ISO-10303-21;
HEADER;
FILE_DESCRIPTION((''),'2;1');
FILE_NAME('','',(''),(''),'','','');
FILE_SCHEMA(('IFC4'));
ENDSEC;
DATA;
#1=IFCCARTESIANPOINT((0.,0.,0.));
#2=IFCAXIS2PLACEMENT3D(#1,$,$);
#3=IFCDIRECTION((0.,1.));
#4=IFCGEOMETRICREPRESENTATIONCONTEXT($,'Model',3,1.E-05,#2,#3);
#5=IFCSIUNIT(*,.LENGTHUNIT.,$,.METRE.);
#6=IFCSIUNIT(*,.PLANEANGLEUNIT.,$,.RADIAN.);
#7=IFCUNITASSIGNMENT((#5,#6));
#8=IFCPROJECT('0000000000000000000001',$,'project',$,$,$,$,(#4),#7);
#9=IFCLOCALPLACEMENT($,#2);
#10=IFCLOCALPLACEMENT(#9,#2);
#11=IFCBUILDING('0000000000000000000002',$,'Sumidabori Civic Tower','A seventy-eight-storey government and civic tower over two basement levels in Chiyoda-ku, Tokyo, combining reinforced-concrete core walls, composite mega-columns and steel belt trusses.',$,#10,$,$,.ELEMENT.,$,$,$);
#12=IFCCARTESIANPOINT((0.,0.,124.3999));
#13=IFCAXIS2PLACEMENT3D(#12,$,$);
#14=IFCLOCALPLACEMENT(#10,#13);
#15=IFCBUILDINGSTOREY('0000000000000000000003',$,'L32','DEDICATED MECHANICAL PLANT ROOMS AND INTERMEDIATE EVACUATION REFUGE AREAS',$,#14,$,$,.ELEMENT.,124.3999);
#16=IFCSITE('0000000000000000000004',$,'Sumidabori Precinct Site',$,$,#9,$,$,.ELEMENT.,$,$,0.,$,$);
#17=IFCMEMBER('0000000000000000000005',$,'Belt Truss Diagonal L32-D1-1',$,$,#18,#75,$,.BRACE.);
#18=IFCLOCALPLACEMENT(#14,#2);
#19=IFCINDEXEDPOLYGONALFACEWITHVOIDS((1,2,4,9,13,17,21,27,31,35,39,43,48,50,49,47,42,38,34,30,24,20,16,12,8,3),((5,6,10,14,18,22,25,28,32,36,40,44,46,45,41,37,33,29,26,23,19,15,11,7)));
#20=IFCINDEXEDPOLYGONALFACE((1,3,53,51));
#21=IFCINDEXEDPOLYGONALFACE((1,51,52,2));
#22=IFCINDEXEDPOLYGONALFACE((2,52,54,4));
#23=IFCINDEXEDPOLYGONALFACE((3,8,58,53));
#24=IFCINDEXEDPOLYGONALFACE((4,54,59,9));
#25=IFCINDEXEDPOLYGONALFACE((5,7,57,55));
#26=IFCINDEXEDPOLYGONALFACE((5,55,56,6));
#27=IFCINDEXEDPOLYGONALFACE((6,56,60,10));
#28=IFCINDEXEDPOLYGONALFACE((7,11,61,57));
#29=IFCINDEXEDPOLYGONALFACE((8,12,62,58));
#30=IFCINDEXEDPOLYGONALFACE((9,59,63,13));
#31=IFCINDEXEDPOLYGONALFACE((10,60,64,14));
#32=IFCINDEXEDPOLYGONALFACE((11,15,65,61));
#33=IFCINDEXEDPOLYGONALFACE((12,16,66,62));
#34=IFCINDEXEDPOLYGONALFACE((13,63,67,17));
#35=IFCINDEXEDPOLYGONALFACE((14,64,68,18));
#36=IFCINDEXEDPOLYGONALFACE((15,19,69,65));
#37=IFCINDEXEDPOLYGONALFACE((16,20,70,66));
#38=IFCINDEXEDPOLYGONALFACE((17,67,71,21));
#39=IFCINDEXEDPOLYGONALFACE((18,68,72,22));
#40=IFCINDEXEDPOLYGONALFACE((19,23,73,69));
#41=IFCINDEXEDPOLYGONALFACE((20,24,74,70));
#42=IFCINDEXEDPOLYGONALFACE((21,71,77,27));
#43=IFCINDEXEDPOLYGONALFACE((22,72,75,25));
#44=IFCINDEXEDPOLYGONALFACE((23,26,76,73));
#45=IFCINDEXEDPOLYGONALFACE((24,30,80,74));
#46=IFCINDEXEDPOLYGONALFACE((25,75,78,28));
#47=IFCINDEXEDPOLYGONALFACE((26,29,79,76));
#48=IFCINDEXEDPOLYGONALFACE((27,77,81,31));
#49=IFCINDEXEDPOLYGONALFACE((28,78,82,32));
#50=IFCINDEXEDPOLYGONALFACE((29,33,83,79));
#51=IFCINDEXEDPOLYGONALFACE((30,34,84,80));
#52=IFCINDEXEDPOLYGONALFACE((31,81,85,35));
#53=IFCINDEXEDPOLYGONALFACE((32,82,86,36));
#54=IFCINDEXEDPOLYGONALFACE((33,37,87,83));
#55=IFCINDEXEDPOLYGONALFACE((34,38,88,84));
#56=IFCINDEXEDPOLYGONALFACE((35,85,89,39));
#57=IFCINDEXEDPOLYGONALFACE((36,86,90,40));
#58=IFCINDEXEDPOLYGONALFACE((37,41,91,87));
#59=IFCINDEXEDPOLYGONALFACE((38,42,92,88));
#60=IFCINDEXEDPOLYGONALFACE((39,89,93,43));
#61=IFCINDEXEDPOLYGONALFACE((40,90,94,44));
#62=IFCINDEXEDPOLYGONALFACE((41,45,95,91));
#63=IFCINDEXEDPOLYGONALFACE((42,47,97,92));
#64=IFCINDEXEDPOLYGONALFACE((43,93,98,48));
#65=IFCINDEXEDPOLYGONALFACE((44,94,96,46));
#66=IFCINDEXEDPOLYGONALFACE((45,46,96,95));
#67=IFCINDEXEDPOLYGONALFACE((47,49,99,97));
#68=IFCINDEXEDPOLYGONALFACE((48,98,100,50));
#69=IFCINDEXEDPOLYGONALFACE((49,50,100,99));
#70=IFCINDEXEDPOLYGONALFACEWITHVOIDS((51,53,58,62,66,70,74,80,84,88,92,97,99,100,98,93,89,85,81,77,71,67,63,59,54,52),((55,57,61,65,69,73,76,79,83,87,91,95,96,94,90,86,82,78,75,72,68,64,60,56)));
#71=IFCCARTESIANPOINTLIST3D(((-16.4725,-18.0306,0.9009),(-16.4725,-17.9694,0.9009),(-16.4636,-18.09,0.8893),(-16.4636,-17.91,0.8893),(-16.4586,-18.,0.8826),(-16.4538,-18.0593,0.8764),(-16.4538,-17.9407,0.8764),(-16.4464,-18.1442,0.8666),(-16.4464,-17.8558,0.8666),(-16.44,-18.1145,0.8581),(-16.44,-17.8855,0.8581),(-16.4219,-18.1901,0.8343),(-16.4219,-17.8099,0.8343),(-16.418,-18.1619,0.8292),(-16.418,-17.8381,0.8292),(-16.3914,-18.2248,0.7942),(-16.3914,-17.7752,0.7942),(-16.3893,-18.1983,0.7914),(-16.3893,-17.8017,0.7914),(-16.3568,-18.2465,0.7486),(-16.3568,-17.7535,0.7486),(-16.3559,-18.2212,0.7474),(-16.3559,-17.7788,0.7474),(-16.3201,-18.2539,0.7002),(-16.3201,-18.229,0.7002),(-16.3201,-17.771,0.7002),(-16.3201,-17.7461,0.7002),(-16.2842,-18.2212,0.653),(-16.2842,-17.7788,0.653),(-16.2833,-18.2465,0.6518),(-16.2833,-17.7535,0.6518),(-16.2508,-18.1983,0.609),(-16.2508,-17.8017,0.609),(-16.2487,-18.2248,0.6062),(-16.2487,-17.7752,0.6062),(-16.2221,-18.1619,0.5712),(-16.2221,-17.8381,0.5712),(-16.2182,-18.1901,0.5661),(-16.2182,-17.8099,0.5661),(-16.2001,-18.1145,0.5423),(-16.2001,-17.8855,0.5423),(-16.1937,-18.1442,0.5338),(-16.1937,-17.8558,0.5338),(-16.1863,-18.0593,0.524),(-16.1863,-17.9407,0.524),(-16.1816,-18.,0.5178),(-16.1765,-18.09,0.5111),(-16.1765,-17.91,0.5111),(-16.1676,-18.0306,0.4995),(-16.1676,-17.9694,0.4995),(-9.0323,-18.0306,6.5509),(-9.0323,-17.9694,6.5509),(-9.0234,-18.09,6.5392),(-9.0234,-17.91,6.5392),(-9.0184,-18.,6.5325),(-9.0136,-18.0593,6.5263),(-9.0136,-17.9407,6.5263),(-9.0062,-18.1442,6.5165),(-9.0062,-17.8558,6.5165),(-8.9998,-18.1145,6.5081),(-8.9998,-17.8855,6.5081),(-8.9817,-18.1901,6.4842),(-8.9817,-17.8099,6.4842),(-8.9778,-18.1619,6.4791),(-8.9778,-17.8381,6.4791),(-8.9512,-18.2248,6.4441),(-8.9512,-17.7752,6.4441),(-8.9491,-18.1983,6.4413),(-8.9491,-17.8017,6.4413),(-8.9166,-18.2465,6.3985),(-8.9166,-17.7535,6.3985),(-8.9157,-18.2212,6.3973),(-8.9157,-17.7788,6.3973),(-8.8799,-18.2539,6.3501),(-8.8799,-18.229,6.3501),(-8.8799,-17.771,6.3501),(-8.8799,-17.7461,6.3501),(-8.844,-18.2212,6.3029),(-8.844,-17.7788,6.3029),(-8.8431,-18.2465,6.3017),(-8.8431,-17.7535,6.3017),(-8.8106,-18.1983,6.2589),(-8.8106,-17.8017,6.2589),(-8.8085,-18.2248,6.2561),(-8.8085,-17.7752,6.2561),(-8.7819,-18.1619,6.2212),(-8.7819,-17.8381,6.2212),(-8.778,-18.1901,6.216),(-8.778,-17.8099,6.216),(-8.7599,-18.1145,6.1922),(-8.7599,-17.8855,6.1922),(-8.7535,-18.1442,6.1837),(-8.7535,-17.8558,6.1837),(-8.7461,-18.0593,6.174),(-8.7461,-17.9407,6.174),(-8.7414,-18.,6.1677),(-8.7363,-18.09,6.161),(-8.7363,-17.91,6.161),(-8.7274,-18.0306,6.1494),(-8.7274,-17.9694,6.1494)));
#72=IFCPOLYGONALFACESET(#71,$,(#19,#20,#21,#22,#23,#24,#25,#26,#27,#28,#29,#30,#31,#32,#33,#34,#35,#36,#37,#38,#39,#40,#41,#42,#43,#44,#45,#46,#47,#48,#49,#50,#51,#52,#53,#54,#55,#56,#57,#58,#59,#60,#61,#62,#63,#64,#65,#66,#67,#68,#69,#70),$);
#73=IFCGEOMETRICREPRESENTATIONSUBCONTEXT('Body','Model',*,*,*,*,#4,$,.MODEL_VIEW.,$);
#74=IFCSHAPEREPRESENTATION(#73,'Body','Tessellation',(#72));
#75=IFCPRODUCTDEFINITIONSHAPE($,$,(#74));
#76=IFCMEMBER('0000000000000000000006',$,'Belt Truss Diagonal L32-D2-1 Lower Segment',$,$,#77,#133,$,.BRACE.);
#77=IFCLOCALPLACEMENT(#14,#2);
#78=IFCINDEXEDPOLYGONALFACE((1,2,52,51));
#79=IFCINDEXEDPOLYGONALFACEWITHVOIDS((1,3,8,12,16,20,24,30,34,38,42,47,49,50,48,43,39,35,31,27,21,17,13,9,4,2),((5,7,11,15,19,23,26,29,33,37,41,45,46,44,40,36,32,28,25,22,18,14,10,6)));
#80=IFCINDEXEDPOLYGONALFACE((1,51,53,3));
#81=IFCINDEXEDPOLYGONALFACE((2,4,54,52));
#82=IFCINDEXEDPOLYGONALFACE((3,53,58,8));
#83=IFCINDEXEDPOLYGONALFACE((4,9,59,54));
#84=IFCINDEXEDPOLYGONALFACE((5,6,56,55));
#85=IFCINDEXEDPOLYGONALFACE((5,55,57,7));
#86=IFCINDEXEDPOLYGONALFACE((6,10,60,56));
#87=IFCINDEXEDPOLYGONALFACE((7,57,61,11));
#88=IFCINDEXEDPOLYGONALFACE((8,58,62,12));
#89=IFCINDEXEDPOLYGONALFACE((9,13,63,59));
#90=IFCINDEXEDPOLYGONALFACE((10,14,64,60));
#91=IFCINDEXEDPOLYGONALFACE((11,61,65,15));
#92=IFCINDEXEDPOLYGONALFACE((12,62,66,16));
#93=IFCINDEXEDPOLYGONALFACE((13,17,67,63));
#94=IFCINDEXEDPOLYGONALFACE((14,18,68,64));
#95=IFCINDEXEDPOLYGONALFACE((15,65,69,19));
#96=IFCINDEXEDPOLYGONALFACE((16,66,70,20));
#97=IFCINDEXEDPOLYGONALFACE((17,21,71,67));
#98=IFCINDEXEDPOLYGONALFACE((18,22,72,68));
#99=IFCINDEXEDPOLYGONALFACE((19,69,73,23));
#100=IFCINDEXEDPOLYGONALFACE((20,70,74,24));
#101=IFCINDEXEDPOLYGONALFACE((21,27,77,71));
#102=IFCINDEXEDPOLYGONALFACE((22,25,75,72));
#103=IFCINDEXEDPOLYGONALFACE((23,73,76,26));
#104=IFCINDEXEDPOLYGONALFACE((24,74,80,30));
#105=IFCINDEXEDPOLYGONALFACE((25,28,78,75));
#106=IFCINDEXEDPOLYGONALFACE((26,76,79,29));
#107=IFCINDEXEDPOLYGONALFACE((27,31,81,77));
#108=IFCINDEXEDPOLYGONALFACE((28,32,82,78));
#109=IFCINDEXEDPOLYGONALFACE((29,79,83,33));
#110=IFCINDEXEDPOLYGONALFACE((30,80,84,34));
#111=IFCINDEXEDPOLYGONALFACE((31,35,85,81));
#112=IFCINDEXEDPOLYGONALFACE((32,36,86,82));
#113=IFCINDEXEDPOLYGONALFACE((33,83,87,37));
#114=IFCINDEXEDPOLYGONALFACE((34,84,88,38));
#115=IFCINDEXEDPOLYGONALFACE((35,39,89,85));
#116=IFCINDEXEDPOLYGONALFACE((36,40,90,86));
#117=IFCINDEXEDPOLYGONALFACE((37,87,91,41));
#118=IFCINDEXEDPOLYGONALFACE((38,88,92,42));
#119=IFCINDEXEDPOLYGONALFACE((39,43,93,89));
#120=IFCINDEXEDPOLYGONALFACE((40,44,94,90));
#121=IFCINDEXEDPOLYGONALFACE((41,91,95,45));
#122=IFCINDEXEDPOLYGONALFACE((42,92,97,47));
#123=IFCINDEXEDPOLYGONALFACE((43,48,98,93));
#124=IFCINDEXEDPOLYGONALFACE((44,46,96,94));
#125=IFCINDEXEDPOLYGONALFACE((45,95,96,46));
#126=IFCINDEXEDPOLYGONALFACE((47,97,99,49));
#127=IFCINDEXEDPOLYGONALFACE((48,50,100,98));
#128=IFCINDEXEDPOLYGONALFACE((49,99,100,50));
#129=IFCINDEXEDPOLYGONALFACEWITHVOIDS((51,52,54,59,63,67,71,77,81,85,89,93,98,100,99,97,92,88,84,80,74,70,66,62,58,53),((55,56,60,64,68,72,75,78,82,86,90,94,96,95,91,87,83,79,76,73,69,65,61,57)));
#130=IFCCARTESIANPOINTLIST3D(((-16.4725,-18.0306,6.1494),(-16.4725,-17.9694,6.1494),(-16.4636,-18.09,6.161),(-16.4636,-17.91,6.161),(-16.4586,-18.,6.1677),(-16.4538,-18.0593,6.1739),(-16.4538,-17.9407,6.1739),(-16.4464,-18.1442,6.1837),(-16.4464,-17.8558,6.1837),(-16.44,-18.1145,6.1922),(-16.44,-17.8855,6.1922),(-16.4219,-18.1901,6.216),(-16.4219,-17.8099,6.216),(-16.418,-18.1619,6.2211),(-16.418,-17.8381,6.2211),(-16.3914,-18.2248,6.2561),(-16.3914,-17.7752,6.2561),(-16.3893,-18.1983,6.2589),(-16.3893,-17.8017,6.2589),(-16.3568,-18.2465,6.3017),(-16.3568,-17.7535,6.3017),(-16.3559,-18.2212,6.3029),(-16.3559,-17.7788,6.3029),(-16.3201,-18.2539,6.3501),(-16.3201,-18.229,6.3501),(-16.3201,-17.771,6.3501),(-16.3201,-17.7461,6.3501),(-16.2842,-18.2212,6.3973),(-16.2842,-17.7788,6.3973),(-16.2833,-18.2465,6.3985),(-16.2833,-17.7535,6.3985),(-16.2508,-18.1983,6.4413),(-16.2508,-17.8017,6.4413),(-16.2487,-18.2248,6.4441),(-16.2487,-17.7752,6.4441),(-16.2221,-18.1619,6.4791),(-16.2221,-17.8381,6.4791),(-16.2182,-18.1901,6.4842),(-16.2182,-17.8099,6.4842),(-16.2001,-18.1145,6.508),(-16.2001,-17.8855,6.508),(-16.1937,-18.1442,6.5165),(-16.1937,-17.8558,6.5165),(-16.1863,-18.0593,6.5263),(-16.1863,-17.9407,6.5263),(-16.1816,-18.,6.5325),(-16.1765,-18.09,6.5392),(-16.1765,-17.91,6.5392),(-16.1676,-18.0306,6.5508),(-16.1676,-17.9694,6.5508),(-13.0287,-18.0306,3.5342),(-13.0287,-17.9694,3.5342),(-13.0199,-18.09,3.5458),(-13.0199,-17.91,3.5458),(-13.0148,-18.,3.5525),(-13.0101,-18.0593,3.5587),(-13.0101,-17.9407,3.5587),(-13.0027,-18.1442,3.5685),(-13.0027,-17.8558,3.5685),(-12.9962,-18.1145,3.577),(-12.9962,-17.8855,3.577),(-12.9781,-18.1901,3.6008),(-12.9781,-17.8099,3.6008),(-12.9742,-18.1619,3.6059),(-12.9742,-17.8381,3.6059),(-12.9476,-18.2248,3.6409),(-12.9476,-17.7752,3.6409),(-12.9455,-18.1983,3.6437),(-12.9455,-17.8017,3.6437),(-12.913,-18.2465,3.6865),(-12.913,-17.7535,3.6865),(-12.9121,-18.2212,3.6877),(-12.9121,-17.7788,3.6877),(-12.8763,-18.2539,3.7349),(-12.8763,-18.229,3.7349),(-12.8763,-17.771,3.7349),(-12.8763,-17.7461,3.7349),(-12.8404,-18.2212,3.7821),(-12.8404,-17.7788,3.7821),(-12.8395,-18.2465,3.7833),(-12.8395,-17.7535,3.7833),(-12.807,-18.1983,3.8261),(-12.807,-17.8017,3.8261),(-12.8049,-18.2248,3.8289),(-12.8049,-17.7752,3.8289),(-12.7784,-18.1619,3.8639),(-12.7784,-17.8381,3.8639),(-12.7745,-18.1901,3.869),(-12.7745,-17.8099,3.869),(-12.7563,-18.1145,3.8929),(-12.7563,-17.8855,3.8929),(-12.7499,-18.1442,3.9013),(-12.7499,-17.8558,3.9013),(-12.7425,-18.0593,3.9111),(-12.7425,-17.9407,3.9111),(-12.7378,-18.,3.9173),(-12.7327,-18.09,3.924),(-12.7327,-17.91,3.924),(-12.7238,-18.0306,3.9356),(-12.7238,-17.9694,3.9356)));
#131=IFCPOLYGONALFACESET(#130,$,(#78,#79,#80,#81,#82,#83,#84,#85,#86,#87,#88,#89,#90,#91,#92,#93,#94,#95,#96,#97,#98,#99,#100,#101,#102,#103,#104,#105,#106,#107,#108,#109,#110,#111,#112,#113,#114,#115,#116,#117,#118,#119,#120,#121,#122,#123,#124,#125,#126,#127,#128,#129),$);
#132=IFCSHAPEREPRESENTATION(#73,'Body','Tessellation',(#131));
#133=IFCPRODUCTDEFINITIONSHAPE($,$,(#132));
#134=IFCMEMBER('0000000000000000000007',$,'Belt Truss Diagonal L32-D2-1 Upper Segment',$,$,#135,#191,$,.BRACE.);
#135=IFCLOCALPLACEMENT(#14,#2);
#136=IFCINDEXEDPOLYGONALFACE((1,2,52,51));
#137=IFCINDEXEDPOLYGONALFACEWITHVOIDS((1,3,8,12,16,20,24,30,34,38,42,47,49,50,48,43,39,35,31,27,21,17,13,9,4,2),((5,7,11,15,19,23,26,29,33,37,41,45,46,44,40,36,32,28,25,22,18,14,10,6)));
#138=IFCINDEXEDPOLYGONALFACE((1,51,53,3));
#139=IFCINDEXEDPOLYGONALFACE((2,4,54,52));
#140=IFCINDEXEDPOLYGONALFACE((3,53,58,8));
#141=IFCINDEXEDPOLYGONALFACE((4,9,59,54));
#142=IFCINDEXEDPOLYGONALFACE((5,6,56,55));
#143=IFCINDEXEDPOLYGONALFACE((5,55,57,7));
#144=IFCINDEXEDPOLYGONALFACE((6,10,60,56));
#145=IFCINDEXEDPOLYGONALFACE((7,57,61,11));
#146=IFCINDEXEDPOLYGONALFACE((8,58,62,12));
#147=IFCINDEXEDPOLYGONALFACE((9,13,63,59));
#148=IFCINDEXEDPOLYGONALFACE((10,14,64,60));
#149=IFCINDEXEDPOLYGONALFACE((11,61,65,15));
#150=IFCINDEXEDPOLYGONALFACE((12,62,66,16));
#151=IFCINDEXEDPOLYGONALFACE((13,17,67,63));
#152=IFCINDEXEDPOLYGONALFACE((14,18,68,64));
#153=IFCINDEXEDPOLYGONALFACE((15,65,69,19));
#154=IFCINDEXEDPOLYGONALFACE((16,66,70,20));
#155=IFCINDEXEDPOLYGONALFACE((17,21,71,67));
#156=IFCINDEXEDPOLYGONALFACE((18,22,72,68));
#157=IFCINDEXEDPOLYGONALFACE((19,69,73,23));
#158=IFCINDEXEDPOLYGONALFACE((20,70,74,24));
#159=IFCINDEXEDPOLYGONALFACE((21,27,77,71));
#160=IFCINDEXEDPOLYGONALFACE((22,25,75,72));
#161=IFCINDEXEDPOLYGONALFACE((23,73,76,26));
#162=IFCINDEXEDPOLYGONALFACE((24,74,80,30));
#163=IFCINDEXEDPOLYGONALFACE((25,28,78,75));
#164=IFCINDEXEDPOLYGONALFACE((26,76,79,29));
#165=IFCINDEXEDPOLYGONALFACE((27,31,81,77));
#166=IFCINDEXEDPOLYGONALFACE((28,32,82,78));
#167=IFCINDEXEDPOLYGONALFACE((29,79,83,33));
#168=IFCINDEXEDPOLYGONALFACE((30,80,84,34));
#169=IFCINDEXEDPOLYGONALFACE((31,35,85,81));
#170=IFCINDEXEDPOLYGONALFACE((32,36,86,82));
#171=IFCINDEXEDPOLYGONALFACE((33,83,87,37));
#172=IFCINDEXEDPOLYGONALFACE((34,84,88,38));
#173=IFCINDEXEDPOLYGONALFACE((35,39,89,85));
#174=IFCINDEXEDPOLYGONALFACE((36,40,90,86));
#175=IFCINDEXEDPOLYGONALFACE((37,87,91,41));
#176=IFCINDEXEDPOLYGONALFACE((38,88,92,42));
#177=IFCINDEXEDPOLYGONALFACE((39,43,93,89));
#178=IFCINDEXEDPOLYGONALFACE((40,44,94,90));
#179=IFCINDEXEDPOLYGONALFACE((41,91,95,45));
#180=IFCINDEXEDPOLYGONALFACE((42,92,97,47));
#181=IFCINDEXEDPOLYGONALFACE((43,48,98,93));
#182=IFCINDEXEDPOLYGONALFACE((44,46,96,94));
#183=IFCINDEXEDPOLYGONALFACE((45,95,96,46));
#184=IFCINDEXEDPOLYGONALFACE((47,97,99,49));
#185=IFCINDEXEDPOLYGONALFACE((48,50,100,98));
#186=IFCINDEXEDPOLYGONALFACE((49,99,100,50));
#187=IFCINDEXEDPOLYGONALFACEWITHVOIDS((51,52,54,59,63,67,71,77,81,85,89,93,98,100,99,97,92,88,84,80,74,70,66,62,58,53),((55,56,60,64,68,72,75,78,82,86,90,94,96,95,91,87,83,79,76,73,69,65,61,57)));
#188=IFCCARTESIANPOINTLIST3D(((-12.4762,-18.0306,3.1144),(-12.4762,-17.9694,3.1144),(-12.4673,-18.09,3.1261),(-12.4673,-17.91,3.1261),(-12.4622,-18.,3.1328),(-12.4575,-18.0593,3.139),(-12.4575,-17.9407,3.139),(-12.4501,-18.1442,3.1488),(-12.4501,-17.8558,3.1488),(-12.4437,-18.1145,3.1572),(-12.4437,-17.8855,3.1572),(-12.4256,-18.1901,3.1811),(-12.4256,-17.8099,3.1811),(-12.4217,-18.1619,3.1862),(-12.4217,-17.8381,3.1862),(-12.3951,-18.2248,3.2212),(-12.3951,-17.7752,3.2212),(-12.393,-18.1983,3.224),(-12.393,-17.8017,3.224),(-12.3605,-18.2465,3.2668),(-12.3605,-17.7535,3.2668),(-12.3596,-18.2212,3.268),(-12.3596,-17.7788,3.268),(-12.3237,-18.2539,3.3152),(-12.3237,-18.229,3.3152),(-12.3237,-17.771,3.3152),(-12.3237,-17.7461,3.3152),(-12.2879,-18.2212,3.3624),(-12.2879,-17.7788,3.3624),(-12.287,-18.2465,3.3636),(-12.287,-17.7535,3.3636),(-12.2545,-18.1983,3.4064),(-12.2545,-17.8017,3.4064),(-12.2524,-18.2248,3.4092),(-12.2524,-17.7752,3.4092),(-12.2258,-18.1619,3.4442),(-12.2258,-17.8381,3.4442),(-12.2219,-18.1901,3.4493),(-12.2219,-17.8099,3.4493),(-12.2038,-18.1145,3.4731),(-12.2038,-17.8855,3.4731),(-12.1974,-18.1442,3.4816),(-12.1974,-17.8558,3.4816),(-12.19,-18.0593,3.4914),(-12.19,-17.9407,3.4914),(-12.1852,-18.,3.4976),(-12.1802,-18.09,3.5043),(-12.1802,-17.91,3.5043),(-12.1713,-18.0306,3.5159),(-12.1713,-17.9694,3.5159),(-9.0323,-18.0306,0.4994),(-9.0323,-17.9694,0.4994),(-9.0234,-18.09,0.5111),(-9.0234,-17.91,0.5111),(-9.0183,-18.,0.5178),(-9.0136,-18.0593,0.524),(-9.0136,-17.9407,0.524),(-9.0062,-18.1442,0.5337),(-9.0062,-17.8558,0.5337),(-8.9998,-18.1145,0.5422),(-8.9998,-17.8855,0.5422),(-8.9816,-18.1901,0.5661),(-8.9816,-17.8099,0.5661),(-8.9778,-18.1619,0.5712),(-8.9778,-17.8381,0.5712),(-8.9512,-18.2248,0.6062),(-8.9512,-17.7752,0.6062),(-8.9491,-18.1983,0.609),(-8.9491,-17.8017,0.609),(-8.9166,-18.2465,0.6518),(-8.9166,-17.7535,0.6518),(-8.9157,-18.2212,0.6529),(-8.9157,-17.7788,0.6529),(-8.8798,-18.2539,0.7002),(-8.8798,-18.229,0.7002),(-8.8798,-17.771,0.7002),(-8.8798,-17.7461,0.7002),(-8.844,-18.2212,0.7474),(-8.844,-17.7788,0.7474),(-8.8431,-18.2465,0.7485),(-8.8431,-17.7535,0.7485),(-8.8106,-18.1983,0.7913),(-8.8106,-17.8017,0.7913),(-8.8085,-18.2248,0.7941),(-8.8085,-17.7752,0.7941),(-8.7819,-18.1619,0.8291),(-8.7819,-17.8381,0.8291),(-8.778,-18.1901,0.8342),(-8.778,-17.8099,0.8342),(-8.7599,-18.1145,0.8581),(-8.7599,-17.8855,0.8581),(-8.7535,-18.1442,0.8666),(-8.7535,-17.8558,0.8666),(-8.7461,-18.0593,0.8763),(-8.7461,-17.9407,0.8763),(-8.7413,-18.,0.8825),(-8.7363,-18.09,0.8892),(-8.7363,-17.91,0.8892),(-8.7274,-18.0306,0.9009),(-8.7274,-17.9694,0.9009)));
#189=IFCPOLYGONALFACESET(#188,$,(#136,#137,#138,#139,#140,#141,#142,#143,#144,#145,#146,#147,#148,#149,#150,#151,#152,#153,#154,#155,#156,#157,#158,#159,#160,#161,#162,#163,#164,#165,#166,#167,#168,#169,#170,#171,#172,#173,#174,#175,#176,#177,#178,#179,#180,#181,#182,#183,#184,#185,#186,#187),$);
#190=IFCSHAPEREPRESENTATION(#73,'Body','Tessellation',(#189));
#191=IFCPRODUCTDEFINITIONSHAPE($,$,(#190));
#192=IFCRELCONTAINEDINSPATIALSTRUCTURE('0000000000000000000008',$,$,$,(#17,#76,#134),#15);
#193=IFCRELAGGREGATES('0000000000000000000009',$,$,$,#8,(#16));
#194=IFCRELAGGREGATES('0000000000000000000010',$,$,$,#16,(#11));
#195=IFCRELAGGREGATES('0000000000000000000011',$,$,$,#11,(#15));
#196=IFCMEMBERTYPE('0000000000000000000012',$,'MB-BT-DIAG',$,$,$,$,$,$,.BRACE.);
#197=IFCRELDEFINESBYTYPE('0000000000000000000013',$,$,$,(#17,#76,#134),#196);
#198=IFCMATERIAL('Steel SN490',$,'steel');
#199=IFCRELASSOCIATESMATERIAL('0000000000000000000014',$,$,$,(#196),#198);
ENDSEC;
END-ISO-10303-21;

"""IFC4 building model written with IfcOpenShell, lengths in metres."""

from ifc_helpers import new_model, si_unit, direction, frame, origin, origin_2d, place, context, subcontext, project, spatial, hollow_circle, extrude, source, transform, mapped, material, material_profile, profile_set, type_object, element, save


model = new_model("IFC4")

# Units and contexts
model_context = context("Model", 3, precision=1e-05, world=origin(), true_north=direction((0.0, 1.0)))
body_context = subcontext(model_context, "Body", "Model", "MODEL_VIEW")
ifc_project = project(units=[si_unit("LENGTHUNIT", "METRE"), si_unit("PLANEANGLEUNIT", "RADIAN")], contexts=[model_context])

# Site, building, storey
site_placement = place(None, origin())
site = spatial("IfcSite", under=ifc_project, at=site_placement, Name="Sumidabori Precinct Site", CompositionType="ELEMENT", RefElevation=0.0)
building_placement = place(site_placement, origin())
building = spatial("IfcBuilding", under=site, at=building_placement, Name="Sumidabori Civic Tower", Description="A seventy-eight-storey government and civic tower over two basement levels in Chiyoda-ku, Tokyo, combining reinforced-concrete core walls, composite mega-columns and steel belt trusses.", CompositionType="ELEMENT")
storey_placement = place(building_placement, frame((0.0, 0.0, 124.3999)))
storey = spatial("IfcBuildingStorey", under=building, at=storey_placement, Name="L32", Description="DEDICATED MECHANICAL PLANT ROOMS AND INTERMEDIATE EVACUATION REFUGE AREAS", CompositionType="ELEMENT", Elevation=124.3999)

# Shared definitions
ifc_material_1 = material(Name="Steel SN490", Category="steel")

# Members
ifc_material_profile_1 = material_profile(ifc_material_1, hollow_circle(Radius=0.2539, WallThickness=0.0249, at=origin_2d()), Name="CHS 508x25")
ifc_profile_set_1 = profile_set([ifc_material_profile_1], Name="Steel SN490")
member_type = type_object("IfcMemberType", Name="MB-BT-DIAG", PredefinedType="BRACE", material=ifc_profile_set_1)
shared_shape_1 = source(origin(), body_context, "Body", "SweptSolid", [
    extrude(hollow_circle(Radius=0.2539, WallThickness=0.0249, at=origin_2d()), origin(), (0.0, 0.0, 1.0), 9.3423),
])
member_1_placement = place(storey_placement, frame((-16.3201, -18.0, 0.7002), z_axis=(0.796401, 0.0, 0.604768), x_axis=(0.0, 1.0, 0.0)))
element("IfcMember", 1, at=member_1_placement, inside=storey, type_object=member_type, Name="Belt Truss Diagonal L32-D1-1", PredefinedType="BRACE", context=body_context, shape_type="MappedRepresentation", body=[
    mapped(shared_shape_1, transform((0.0, 0.0, 0.0), x_axis=(1.0, 0.0, 0.0), y_axis=(0.0, 1.0, 0.0), z_axis=(0.0, 0.0, 1.0), scale=1.0)),
])
shared_shape_2 = source(origin(), body_context, "Body", "SweptSolid", [
    extrude(hollow_circle(Radius=0.2539, WallThickness=0.0249, at=origin_2d()), origin(), (0.0, 0.0, 1.0), 4.3242),
])
for number, where, z_axis, x_axis, name in (
    (2, (-16.3201, -18.0, 6.3501), (0.796395, 0.0, -0.604777), (0.0, 1.0, 0.0), "Belt Truss Diagonal L32-D2-1 Lower Segment"),
    (3, (-12.3237, -18.0, 3.3152), (0.796422, 0.0, -0.604741), (0.0, 1.0, 0.0), "Belt Truss Diagonal L32-D2-1 Upper Segment"),
):
    element("IfcMember", number, at=place(storey_placement, frame(where, z_axis=z_axis, x_axis=x_axis)), inside=storey, type_object=member_type, Name=name, PredefinedType="BRACE", context=body_context, shape_type="MappedRepresentation", body=[
        mapped(shared_shape_2, transform((0.0, 0.0, 0.0), x_axis=(1.0, 0.0, 0.0), y_axis=(0.0, 1.0, 0.0), z_axis=(0.0, 0.0, 1.0), scale=1.0)),
    ])

save(model, "model.ifc")
